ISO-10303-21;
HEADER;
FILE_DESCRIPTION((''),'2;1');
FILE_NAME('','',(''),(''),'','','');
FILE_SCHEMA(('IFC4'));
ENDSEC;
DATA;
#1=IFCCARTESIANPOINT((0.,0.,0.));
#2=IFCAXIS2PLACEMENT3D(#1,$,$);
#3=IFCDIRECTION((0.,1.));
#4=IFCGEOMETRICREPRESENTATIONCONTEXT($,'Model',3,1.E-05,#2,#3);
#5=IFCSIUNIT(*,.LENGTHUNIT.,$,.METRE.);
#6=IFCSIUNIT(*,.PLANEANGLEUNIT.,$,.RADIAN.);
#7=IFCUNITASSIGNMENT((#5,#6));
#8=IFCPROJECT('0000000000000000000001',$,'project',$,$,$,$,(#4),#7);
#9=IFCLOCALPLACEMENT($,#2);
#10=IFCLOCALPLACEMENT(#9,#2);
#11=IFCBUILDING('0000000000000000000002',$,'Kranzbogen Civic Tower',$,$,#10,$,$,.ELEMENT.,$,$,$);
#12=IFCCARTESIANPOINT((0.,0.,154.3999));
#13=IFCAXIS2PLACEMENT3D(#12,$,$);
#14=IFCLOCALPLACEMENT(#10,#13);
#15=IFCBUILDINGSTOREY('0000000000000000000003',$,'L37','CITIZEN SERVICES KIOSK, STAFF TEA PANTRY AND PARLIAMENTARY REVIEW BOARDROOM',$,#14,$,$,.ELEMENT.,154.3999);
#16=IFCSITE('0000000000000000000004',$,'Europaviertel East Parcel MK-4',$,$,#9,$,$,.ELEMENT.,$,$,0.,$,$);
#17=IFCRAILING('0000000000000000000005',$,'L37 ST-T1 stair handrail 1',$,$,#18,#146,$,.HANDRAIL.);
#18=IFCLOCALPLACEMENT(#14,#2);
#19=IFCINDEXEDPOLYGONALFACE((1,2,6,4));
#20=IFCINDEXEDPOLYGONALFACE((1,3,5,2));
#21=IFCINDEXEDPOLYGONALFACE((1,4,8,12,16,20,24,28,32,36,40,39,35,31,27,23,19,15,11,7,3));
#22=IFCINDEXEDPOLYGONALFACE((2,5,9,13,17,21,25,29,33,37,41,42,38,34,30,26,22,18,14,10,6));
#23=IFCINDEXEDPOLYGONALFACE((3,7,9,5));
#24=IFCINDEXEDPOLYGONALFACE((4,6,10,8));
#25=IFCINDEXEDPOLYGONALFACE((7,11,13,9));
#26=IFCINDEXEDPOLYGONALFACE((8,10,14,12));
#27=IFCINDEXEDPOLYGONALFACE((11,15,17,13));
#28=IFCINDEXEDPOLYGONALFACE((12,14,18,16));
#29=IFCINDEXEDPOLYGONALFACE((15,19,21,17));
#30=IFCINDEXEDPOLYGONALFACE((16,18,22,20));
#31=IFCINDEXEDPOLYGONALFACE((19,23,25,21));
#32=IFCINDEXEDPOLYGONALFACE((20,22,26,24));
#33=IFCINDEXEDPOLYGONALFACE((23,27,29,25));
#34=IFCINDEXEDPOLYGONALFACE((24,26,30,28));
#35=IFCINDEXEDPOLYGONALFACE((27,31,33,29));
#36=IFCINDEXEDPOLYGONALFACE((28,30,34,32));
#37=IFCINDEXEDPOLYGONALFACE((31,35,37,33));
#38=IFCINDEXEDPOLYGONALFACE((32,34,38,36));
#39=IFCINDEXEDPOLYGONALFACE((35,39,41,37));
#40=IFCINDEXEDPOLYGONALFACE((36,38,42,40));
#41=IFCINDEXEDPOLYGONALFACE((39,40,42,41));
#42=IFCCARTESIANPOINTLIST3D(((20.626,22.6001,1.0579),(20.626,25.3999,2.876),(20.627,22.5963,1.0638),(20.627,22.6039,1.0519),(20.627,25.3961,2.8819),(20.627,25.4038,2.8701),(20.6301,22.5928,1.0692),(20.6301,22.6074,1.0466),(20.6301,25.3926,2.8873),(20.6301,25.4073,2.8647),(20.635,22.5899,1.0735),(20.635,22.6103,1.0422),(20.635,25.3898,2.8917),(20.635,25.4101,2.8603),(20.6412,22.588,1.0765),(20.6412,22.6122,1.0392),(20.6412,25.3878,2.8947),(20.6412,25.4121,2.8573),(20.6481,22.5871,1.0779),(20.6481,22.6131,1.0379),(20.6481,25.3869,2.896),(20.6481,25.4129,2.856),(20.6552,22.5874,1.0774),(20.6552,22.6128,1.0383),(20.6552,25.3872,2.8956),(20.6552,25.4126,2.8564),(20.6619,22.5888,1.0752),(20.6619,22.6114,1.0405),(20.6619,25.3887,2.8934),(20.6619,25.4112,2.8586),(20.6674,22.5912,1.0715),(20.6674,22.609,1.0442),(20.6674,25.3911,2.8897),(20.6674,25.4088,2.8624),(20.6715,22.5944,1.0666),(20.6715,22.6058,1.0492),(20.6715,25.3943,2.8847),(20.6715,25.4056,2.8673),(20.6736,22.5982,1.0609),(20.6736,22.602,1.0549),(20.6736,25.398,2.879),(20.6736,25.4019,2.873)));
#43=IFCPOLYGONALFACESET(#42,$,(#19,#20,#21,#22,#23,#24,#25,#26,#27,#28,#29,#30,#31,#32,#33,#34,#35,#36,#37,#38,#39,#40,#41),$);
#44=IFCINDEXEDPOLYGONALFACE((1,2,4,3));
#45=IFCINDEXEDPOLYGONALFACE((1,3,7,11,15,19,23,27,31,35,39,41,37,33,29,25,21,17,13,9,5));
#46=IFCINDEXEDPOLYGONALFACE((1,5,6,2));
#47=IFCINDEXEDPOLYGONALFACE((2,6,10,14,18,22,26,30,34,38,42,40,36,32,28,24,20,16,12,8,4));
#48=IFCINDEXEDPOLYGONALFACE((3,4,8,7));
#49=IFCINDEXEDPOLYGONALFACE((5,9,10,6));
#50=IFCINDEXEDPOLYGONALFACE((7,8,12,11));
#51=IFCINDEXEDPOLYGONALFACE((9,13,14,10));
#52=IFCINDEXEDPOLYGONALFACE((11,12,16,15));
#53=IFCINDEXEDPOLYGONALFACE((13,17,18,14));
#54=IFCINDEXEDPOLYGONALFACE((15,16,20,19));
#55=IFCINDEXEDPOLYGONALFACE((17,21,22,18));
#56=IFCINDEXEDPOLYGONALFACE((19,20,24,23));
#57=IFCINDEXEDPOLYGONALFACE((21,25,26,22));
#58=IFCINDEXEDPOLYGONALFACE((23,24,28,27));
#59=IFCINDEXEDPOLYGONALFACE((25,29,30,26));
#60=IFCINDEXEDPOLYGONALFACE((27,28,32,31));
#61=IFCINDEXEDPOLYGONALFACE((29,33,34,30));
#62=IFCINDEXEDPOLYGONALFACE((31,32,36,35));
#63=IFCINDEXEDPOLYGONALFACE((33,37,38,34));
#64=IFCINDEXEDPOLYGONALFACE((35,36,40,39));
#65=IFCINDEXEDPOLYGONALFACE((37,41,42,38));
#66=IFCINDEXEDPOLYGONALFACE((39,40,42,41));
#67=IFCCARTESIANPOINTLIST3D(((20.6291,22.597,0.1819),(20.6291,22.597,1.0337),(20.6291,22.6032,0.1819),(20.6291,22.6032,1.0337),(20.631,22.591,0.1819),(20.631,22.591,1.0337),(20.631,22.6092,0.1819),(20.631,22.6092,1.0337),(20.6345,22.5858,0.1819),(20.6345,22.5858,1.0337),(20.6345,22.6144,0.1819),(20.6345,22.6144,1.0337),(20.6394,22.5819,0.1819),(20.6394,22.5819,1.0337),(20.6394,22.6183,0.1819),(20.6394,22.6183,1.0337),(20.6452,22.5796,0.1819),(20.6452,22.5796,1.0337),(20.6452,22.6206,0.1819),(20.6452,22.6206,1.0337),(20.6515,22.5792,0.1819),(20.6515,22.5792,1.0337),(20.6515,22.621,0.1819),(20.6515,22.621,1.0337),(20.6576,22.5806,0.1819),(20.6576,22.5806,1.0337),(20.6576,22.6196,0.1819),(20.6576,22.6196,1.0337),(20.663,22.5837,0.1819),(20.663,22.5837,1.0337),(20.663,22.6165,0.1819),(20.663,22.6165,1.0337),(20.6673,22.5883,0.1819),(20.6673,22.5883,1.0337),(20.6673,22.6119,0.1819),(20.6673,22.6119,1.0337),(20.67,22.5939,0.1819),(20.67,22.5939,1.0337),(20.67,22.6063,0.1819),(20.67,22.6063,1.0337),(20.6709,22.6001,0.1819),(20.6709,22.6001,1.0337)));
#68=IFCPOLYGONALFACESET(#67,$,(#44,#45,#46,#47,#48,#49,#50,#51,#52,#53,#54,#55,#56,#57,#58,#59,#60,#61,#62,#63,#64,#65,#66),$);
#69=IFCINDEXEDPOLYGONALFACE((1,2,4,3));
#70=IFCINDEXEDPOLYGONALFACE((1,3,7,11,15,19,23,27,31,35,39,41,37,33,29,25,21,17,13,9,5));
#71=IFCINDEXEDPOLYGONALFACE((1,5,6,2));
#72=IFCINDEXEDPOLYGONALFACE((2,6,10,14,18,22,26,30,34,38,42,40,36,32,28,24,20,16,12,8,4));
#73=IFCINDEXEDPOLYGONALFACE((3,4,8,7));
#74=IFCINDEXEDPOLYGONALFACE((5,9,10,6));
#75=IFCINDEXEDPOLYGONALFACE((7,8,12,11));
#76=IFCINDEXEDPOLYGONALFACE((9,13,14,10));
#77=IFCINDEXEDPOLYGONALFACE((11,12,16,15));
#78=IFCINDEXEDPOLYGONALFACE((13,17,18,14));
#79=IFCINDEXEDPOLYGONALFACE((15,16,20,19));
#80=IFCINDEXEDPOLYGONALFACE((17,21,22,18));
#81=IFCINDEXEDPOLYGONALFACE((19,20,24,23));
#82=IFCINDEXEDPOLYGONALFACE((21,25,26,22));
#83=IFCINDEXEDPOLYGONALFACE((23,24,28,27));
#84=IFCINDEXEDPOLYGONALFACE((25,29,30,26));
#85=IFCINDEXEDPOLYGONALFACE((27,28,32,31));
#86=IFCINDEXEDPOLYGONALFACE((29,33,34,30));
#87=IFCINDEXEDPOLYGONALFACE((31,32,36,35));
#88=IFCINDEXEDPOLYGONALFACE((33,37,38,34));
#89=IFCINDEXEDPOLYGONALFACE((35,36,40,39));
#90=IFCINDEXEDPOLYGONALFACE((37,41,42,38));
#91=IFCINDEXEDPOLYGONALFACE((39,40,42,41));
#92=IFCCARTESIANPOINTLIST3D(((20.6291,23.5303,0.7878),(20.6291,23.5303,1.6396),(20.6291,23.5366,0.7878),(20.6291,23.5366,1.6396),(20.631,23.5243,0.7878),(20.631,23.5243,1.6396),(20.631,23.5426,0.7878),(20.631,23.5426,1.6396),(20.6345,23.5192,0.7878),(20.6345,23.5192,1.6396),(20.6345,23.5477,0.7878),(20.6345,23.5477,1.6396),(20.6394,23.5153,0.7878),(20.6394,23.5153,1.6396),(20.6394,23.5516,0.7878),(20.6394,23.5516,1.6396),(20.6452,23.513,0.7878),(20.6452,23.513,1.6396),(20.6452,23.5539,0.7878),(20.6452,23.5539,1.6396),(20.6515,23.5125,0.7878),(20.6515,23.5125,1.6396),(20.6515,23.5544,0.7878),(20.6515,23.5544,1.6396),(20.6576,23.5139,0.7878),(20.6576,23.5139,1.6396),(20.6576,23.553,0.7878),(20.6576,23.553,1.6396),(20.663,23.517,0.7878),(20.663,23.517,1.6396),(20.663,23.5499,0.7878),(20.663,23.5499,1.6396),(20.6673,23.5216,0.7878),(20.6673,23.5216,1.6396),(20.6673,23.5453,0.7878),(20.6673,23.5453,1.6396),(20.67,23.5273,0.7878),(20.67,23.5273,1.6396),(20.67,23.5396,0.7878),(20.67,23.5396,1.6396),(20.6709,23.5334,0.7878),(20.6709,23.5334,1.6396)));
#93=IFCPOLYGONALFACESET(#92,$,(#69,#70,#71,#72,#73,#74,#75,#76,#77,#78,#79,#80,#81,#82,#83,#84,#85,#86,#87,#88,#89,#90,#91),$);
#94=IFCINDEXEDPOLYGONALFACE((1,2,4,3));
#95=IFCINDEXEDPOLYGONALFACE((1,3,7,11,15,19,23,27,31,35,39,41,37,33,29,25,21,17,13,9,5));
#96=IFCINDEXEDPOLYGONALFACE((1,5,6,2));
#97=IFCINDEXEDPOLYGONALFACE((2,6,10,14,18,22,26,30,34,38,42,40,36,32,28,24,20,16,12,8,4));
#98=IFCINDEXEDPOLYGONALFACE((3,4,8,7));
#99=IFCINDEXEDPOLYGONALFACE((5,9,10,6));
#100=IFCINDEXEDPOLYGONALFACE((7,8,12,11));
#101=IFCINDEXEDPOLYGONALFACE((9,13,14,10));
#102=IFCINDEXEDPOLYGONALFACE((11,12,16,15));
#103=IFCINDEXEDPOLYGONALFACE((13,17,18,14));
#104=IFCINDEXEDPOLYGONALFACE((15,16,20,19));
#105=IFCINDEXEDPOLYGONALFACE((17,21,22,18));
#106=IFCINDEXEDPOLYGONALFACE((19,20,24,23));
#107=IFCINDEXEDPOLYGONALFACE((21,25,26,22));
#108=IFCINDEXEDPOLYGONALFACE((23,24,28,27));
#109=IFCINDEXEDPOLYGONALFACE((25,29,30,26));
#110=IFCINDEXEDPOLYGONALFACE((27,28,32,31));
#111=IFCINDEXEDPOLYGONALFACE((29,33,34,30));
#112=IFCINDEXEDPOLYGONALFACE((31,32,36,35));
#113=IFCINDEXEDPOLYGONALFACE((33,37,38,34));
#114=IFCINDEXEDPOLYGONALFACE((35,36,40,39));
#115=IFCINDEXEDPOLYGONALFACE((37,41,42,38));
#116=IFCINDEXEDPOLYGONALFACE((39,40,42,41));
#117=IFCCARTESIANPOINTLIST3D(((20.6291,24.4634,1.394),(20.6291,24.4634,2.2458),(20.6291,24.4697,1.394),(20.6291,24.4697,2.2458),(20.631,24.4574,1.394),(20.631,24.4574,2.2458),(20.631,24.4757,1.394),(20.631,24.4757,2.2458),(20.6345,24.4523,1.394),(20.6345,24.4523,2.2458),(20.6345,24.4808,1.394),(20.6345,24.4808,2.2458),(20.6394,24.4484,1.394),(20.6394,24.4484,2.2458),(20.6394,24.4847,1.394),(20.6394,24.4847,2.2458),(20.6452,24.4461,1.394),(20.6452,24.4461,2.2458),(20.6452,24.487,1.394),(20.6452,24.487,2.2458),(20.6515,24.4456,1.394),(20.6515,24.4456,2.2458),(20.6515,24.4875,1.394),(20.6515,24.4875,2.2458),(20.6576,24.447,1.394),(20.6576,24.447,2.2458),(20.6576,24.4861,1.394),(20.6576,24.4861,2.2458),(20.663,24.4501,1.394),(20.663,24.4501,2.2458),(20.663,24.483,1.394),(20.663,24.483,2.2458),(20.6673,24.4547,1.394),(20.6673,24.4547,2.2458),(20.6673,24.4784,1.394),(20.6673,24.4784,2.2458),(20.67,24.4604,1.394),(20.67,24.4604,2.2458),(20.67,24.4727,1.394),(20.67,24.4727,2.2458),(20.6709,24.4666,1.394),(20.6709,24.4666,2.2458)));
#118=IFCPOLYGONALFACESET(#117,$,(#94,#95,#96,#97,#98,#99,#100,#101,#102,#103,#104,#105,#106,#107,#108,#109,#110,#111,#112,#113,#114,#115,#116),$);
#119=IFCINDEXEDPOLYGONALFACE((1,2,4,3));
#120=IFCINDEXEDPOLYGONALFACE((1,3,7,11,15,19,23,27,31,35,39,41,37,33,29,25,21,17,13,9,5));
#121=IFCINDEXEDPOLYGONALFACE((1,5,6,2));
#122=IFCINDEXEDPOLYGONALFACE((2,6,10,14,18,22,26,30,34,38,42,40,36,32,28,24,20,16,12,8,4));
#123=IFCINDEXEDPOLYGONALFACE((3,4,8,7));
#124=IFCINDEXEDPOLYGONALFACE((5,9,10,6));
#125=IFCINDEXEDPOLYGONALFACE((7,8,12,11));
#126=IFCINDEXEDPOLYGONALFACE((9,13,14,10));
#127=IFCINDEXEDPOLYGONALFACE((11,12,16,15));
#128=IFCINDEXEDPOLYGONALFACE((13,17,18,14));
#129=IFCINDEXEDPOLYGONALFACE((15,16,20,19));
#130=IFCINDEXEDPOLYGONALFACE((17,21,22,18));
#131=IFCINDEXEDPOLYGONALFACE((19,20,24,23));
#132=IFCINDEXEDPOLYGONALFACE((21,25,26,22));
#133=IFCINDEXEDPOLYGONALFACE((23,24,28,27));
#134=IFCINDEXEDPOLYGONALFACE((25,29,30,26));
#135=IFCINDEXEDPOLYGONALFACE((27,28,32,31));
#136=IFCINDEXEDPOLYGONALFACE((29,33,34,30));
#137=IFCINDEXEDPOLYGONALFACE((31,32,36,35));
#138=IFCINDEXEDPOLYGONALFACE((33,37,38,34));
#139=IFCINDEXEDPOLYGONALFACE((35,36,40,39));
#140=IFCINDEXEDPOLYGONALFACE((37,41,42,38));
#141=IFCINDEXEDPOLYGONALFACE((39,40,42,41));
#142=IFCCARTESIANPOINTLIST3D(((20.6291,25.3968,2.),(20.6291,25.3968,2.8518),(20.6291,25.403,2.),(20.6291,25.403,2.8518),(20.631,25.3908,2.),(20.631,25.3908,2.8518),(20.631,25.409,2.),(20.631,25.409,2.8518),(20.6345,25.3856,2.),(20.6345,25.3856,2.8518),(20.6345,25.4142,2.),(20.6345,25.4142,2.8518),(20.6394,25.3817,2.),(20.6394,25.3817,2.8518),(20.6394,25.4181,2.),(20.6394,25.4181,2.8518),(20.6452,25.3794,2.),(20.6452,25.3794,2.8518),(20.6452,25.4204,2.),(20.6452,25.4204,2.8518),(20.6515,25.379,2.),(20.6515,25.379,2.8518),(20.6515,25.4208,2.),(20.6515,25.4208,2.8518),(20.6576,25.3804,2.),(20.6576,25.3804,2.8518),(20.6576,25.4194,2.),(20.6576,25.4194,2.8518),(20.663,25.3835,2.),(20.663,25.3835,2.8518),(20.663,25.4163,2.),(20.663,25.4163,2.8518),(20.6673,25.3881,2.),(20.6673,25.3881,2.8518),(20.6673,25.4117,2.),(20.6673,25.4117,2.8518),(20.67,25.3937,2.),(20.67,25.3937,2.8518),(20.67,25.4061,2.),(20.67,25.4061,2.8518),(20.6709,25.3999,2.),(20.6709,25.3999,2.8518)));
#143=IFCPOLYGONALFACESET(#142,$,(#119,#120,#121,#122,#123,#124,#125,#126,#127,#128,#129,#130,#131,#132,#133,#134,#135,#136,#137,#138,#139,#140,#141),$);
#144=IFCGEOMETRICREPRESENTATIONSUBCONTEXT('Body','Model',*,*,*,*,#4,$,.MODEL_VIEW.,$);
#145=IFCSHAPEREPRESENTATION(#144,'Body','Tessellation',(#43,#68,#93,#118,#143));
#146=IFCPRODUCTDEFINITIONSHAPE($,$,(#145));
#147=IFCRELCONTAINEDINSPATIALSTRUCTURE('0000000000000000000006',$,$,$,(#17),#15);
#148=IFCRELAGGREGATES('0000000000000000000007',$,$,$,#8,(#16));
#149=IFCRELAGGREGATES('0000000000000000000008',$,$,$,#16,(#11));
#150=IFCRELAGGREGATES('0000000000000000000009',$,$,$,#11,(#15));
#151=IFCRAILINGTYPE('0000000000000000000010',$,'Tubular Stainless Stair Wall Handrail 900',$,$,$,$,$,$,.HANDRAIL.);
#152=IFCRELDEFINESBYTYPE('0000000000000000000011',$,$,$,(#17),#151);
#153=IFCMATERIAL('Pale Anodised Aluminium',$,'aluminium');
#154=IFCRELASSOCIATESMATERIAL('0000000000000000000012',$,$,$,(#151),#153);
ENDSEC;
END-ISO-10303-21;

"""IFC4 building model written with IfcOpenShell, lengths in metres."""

from ifc_helpers import new_model, si_unit, direction, frame, origin, origin_2d, place, context, subcontext, project, spatial, circle, extrude, material, type_object, element, save


model = new_model("IFC4")

# Units and contexts
model_context = context("Model", 3, precision=1e-05, world=origin(), true_north=direction((0.0, 1.0)))
body_context = subcontext(model_context, "Body", "Model", "MODEL_VIEW")
ifc_project = project(units=[si_unit("LENGTHUNIT", "METRE"), si_unit("PLANEANGLEUNIT", "RADIAN")], contexts=[model_context])

# Site, building, storey
site_placement = place(None, origin())
site = spatial("IfcSite", under=ifc_project, at=site_placement, Name="Europaviertel East Parcel MK-4", CompositionType="ELEMENT", RefElevation=0.0)
building_placement = place(site_placement, origin())
building = spatial("IfcBuilding", under=site, at=building_placement, Name="Kranzbogen Civic Tower", CompositionType="ELEMENT")
storey_placement = place(building_placement, frame((0.0, 0.0, 154.3999)))
storey = spatial("IfcBuildingStorey", under=building, at=storey_placement, Name="L37", Description="CITIZEN SERVICES KIOSK, STAFF TEA PANTRY AND PARLIAMENTARY REVIEW BOARDROOM", CompositionType="ELEMENT", Elevation=154.3999)

# Shared definitions
ifc_material_1 = material(Name="Pale Anodised Aluminium", Category="aluminium")

# Railing
railing_type_1 = type_object("IfcRailingType", Name="Tubular Stainless Stair Wall Handrail 900", PredefinedType="HANDRAIL", material=ifc_material_1)
railing_1_placement = place(storey_placement, frame((20.6499, 22.6001, 0.1819)))
element("IfcRailing", 1, at=railing_1_placement, inside=storey, type_object=railing_type_1, Name="L37 ST-T1 stair handrail 1", PredefinedType="HANDRAIL", context=body_context, shape_type="SweptSolid", body=[
    extrude(circle(Radius=0.0239, at=origin_2d()), frame((0.0, 0.0, 0.876), z_axis=(0.0, 0.838684, 0.544618), x_axis=(-1.0, 0.0, 0.0)), (0.0, 0.0, 1.0), 3.3384),
    extrude(circle(Radius=0.021, at=origin_2d()), origin(), (0.0, 0.0, 1.0), 0.8518),
    extrude(circle(Radius=0.021, at=origin_2d()), frame((0.0, 0.9333, 0.606)), (0.0, 0.0, 1.0), 0.8518),
    extrude(circle(Radius=0.021, at=origin_2d()), frame((0.0, 1.8665, 1.2122)), (0.0, 0.0, 1.0), 0.8518),
    extrude(circle(Radius=0.021, at=origin_2d()), frame((0.0, 2.7998, 1.8181)), (0.0, 0.0, 1.0), 0.8518),
])

save(model, "model.ifc")
